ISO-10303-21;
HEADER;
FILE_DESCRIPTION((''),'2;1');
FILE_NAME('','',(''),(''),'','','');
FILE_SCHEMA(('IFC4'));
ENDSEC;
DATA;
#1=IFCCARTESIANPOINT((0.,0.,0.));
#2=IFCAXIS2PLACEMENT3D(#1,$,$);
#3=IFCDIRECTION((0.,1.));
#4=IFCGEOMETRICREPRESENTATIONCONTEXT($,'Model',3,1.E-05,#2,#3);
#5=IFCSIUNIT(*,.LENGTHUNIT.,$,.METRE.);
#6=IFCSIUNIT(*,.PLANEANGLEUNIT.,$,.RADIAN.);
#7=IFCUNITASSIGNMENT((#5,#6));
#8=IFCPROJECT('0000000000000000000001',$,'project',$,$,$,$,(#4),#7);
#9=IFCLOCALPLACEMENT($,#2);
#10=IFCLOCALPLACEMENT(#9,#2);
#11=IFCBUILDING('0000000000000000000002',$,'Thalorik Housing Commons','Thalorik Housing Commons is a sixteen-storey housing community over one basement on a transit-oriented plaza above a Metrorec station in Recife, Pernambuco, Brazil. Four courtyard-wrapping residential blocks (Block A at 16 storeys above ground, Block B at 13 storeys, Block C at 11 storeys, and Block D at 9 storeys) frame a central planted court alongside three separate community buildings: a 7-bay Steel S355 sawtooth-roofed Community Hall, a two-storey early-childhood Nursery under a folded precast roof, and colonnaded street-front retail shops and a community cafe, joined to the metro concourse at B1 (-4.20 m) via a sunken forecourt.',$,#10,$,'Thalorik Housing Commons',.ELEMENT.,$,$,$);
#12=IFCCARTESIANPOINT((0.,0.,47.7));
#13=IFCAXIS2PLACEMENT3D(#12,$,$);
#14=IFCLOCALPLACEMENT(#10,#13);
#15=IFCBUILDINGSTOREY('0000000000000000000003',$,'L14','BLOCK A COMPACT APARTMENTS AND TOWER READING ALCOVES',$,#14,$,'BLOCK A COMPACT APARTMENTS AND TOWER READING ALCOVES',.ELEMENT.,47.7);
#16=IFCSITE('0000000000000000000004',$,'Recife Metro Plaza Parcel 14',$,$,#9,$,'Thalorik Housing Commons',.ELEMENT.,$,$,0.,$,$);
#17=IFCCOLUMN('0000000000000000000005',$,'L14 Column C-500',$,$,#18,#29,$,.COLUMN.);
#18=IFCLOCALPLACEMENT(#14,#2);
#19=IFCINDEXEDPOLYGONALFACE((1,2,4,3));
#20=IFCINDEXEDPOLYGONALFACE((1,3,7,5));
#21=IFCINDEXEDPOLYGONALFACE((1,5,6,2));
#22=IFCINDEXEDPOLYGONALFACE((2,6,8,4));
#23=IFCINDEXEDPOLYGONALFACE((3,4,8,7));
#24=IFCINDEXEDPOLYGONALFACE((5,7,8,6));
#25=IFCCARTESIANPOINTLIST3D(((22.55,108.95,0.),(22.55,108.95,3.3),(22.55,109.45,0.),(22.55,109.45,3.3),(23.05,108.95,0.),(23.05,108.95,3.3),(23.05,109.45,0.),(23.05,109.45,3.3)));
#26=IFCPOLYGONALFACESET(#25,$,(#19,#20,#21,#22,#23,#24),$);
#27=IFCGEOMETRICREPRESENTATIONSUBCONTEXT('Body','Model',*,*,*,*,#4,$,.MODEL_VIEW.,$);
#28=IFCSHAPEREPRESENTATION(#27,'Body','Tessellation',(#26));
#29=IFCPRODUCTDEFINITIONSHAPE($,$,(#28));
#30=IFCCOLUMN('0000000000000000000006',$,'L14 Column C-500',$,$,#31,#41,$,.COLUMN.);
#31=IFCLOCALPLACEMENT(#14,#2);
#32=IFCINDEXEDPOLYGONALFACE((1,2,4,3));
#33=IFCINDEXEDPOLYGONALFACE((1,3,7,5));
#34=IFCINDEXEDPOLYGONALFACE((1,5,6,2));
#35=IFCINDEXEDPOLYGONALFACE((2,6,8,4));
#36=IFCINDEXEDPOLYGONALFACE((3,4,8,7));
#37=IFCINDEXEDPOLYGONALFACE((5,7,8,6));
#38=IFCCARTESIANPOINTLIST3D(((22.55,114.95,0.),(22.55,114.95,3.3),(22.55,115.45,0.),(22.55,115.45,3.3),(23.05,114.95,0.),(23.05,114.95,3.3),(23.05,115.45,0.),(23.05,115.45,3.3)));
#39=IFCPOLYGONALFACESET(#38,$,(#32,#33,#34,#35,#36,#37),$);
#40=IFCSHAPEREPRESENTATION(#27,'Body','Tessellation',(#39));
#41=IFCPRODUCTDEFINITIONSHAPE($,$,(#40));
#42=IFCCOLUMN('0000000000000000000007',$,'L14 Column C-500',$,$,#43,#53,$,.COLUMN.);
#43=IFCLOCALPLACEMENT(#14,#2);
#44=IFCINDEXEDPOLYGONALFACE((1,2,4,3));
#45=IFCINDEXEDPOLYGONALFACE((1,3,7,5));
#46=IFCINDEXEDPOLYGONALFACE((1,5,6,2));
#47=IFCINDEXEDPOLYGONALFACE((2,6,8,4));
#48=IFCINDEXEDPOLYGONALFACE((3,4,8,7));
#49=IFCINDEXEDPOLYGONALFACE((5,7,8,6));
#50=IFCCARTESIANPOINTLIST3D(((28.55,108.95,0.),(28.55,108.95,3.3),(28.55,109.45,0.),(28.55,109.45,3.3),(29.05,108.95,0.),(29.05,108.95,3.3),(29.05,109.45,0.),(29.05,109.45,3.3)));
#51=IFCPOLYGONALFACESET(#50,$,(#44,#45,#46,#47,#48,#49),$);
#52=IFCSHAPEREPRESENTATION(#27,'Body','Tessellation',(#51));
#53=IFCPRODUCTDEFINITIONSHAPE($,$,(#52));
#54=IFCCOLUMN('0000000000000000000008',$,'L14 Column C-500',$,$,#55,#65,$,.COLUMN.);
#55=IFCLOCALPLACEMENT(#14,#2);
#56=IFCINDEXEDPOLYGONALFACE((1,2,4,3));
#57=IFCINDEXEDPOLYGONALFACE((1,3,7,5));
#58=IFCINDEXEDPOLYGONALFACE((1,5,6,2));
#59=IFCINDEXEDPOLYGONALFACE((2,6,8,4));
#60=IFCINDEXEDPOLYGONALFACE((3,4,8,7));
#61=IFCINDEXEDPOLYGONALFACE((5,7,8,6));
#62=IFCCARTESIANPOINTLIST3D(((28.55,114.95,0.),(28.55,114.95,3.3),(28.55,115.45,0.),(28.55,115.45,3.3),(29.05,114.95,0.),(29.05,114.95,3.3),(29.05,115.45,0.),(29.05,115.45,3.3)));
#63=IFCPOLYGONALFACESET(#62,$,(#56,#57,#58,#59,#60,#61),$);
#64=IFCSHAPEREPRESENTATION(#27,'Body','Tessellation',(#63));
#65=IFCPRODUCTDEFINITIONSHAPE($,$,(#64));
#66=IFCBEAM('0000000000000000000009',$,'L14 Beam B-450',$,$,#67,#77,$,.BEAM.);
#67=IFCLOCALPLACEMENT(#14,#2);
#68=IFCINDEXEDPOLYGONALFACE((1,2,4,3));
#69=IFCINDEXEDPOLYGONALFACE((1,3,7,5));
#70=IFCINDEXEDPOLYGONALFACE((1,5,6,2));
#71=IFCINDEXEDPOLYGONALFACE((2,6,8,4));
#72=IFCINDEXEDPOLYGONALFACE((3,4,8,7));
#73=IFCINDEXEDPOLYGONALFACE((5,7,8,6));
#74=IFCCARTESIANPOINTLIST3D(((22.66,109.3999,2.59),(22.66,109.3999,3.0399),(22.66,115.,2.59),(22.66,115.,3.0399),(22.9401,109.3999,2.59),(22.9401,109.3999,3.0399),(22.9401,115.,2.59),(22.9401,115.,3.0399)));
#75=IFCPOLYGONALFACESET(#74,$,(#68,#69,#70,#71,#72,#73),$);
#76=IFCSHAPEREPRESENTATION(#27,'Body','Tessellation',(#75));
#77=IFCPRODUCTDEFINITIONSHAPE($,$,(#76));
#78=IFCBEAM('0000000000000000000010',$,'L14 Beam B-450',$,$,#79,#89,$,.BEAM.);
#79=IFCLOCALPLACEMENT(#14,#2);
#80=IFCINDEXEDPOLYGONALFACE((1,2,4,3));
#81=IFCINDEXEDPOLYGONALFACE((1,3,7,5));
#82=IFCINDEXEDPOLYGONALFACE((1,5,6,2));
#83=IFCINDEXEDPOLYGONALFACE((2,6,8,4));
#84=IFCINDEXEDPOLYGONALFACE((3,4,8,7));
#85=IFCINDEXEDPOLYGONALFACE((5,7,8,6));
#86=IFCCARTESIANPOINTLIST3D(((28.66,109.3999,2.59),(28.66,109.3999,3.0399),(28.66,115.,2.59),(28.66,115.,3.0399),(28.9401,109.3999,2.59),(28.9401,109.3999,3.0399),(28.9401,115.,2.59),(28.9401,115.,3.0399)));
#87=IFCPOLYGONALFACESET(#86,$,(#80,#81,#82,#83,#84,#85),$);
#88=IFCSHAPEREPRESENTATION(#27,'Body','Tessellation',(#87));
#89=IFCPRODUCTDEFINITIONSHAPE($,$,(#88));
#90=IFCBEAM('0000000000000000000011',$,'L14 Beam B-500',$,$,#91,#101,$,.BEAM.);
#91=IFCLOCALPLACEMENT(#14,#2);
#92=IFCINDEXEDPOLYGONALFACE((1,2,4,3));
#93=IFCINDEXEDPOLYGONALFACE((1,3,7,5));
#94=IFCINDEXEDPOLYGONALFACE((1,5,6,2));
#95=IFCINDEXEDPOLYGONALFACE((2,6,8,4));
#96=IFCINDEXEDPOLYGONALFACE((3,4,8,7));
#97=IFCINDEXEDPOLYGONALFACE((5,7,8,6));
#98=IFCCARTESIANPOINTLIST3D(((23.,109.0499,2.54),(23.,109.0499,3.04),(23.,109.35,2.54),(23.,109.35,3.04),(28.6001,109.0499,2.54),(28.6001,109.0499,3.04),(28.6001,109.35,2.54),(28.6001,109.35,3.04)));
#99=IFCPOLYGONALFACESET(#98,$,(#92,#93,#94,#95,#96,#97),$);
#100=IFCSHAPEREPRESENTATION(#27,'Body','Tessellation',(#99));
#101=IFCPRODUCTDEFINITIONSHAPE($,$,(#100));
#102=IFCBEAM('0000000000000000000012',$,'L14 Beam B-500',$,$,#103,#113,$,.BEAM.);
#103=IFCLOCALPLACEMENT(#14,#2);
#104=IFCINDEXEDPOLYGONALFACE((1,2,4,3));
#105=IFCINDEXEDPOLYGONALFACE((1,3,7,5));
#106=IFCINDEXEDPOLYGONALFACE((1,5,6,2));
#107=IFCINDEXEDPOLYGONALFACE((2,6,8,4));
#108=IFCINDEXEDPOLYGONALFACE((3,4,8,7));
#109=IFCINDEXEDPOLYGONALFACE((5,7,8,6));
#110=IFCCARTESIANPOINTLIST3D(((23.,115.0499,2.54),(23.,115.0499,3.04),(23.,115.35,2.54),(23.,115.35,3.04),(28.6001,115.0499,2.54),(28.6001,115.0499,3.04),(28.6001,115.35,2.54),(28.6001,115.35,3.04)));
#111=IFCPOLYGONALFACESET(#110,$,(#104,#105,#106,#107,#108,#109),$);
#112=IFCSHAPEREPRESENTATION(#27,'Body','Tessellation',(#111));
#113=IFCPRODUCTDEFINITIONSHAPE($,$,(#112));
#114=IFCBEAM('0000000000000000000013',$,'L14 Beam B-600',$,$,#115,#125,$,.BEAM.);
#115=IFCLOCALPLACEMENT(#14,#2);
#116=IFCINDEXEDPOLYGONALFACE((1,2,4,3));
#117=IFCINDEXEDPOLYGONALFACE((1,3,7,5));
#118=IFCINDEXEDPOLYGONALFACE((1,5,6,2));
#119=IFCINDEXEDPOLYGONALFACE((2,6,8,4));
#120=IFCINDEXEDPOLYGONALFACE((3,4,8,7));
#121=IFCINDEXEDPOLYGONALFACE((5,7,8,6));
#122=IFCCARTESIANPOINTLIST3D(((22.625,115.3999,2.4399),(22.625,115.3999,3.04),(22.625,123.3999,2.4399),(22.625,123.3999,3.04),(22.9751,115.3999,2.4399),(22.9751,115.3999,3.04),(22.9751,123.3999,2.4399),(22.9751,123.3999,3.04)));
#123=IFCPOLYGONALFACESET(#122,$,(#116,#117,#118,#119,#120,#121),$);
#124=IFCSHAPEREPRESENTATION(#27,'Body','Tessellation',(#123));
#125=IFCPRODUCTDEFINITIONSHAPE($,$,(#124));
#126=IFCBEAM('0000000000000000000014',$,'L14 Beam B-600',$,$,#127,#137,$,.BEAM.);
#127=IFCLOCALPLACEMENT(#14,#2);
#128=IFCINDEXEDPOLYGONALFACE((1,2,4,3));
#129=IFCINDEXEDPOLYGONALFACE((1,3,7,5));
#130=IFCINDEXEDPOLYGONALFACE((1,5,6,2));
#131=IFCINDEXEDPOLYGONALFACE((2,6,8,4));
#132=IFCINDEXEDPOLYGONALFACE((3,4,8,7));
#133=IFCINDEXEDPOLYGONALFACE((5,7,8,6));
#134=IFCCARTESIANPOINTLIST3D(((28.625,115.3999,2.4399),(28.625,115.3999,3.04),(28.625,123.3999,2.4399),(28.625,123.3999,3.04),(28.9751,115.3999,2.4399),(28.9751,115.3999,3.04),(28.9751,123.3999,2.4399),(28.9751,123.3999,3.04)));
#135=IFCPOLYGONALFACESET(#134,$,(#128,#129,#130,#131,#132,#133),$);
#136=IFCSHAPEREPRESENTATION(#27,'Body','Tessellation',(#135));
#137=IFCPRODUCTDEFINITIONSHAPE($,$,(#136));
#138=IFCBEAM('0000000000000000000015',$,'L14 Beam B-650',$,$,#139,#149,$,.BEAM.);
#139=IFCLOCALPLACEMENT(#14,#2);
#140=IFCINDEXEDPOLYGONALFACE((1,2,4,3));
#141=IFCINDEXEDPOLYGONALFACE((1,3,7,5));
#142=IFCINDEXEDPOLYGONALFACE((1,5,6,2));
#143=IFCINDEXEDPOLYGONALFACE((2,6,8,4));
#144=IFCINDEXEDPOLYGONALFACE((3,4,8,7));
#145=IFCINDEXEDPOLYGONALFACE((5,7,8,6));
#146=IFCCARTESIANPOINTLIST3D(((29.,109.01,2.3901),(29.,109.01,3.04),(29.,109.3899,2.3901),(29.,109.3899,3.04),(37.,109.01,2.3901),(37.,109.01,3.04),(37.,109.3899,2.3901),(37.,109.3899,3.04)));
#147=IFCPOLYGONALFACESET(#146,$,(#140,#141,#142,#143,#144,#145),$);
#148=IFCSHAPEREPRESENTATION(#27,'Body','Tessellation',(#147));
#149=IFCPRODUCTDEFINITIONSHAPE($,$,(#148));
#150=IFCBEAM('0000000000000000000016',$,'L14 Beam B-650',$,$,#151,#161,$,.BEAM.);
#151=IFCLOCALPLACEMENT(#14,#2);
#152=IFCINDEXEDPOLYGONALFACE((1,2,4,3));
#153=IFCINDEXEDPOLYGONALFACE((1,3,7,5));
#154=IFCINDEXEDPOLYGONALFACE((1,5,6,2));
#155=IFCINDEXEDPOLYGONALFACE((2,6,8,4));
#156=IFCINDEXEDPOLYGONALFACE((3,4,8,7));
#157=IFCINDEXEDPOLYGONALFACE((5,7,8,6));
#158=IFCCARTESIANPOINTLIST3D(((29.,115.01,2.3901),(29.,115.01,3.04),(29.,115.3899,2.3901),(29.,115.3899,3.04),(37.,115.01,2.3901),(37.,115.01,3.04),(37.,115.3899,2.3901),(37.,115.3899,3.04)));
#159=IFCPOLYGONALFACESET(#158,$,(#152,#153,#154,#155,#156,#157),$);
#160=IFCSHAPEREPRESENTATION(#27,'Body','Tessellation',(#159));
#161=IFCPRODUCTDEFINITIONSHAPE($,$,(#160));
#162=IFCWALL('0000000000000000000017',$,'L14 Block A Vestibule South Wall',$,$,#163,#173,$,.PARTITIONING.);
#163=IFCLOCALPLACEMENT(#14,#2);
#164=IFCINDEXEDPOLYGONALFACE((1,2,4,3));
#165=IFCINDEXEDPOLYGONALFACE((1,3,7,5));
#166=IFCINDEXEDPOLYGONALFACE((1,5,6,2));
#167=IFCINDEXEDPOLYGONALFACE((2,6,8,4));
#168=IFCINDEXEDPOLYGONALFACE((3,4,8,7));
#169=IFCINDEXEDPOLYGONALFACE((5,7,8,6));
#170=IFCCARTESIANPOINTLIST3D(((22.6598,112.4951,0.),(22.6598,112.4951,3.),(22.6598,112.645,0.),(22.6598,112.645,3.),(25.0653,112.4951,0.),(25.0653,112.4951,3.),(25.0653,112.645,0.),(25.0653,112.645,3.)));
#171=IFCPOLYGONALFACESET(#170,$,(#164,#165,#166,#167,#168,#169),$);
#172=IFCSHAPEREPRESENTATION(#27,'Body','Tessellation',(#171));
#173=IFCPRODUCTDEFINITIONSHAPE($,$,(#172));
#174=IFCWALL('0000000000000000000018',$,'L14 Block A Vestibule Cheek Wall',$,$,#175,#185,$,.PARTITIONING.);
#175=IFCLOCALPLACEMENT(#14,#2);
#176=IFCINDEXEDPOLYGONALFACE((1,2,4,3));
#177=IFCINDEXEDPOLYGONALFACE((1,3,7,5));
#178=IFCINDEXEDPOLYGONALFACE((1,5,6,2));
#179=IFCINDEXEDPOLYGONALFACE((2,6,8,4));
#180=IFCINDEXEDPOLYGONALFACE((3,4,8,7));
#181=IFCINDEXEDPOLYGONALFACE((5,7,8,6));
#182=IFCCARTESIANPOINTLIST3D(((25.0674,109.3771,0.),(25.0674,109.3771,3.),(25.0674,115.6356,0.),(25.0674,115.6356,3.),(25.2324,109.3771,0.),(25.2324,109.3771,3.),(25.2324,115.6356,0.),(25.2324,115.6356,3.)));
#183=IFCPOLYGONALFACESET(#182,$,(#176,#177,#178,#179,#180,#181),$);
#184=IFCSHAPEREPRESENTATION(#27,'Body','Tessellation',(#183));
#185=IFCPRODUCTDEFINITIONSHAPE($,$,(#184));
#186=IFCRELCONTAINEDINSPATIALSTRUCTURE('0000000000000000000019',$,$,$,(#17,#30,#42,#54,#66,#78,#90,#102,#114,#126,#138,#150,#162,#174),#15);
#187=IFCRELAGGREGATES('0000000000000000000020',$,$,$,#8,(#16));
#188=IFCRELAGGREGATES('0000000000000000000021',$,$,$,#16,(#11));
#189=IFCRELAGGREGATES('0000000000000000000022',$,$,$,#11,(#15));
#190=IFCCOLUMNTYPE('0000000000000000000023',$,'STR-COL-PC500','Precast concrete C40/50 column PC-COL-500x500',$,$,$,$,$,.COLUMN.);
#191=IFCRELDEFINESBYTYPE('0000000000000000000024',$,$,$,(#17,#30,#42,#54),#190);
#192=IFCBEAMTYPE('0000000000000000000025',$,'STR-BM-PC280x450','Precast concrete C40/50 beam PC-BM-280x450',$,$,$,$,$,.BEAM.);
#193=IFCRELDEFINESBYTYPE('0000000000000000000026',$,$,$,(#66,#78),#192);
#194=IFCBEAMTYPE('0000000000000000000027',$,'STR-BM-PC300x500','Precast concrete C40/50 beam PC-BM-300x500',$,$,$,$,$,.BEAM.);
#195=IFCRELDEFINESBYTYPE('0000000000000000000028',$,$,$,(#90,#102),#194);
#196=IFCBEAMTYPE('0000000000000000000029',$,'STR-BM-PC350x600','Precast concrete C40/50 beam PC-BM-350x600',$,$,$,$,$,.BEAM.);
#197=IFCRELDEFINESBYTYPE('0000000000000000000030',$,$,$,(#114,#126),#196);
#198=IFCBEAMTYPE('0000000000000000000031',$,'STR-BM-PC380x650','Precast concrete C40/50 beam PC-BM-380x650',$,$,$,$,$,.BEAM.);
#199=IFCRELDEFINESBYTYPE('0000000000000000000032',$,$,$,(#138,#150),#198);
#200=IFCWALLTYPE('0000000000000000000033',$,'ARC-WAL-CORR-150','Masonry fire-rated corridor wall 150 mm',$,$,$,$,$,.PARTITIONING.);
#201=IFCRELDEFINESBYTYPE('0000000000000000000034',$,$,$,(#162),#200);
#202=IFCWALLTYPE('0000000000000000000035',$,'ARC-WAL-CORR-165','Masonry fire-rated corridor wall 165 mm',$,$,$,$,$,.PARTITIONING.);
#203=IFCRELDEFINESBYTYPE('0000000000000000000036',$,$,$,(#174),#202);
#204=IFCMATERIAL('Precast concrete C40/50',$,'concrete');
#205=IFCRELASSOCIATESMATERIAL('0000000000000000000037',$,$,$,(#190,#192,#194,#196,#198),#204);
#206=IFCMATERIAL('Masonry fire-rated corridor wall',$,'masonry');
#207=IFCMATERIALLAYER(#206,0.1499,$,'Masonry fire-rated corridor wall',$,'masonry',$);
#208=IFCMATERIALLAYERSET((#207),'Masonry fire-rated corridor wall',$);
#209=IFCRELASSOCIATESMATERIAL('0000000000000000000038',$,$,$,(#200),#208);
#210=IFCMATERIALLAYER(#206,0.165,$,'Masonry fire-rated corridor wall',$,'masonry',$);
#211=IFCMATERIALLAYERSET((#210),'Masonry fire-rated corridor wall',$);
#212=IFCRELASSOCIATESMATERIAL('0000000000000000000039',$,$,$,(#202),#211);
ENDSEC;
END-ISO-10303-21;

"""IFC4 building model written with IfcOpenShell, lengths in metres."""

from ifc_helpers import new_model, si_unit, direction, frame, frame_2d, origin, origin_2d, place, context, subcontext, project, spatial, rectangle, extrude, material, layer, layer_set, material_profile, profile_set, type_object, element, save


model = new_model("IFC4")

# Units and contexts
model_context = context("Model", 3, precision=1e-05, world=origin(), true_north=direction((0.0, 1.0)))
body_context = subcontext(model_context, "Body", "Model", "MODEL_VIEW")
ifc_project = project(units=[si_unit("LENGTHUNIT", "METRE"), si_unit("PLANEANGLEUNIT", "RADIAN")], contexts=[model_context])

# Site, building, storey
site_placement = place(None, origin())
site = spatial("IfcSite", under=ifc_project, at=site_placement, Name="Recife Metro Plaza Parcel 14", LongName="Thalorik Housing Commons", CompositionType="ELEMENT", RefElevation=0.0)
building_placement = place(site_placement, origin())
building = spatial("IfcBuilding", under=site, at=building_placement, Name="Thalorik Housing Commons", Description="Thalorik Housing Commons is a sixteen-storey housing community over one basement on a transit-oriented plaza above a Metrorec station in Recife, Pernambuco, Brazil. Four courtyard-wrapping residential blocks (Block A at 16 storeys above ground, Block B at 13 storeys, Block C at 11 storeys, and Block D at 9 storeys) frame a central planted court alongside three separate community buildings: a 7-bay Steel S355 sawtooth-roofed Community Hall, a two-storey early-childhood Nursery under a folded precast roof, and colonnaded street-front retail shops and a community cafe, joined to the metro concourse at B1 (-4.20 m) via a sunken forecourt.", LongName="Thalorik Housing Commons", CompositionType="ELEMENT")
storey_placement = place(building_placement, frame((0.0, 0.0, 47.7)))
storey = spatial("IfcBuildingStorey", under=building, at=storey_placement, Name="L14", Description="BLOCK A COMPACT APARTMENTS AND TOWER READING ALCOVES", LongName="BLOCK A COMPACT APARTMENTS AND TOWER READING ALCOVES", CompositionType="ELEMENT", Elevation=47.7)

# Columns
ifc_material_1 = material(Name="Precast concrete C40/50", Category="concrete")
ifc_material_profile_1 = material_profile(ifc_material_1, rectangle(XDim=0.5, YDim=0.5, at=origin_2d()), Name="PC 500x500", Category="concrete")
ifc_profile_set_1 = profile_set([ifc_material_profile_1], Name="Precast concrete C40/50")
column_type = type_object("IfcColumnType", Name="STR-COL-PC500", Description="Precast concrete C40/50 column PC-COL-500x500", PredefinedType="COLUMN", material=ifc_profile_set_1)
for number, where, z_axis, x_axis, name in (
    (1, (22.8, 109.2, 0.0), (0.0, 0.0, 1.0), (1.0, 0.0, 0.0), "L14 Column C-500"),
    (2, (22.8, 115.2, 0.0), (0.0, 0.0, 1.0), (1.0, 0.0, 0.0), "L14 Column C-500"),
    (3, (28.8, 109.2, 0.0), (0.0, 0.0, 1.0), (1.0, 0.0, 0.0), "L14 Column C-500"),
    (4, (28.8, 115.2, 0.0), (0.0, 0.0, 1.0), (1.0, 0.0, 0.0), "L14 Column C-500"),
):
    element("IfcColumn", number, at=place(storey_placement, frame(where, z_axis=z_axis, x_axis=x_axis)), inside=storey, type_object=column_type, Name=name, PredefinedType="COLUMN", context=body_context, shape_type="SweptSolid", body=[
        extrude(rectangle(XDim=0.5, YDim=0.5, at=origin_2d()), origin(), (0.0, 0.0, 1.0), 3.3),
    ])

# Beams
ifc_material_profile_2 = material_profile(ifc_material_1, rectangle(XDim=0.28, YDim=0.45, at=origin_2d()), Name="PC 280x450", Category="concrete")
ifc_profile_set_2 = profile_set([ifc_material_profile_2], Name="Precast concrete C40/50")
beam_type_1 = type_object("IfcBeamType", Name="STR-BM-PC280x450", Description="Precast concrete C40/50 beam PC-BM-280x450", PredefinedType="BEAM", material=ifc_profile_set_2)
for number, where, z_axis, x_axis, name in (
    (5, (22.8, 109.3999, 2.8149), (0.0, 1.0, 0.0), (-1.0, 0.0, 0.0), "L14 Beam B-450"),
    (6, (28.8, 109.3999, 2.8149), (0.0, 1.0, 0.0), (-1.0, 0.0, 0.0), "L14 Beam B-450"),
):
    element("IfcBeam", number, at=place(storey_placement, frame(where, z_axis=z_axis, x_axis=x_axis)), inside=storey, type_object=beam_type_1, Name=name, PredefinedType="BEAM", context=body_context, shape_type="SweptSolid", body=[
        extrude(rectangle(XDim=0.28, YDim=0.45, at=origin_2d()), origin(), (0.0, 0.0, 1.0), 5.6001),
    ])
ifc_material_profile_3 = material_profile(ifc_material_1, rectangle(XDim=0.3, YDim=0.5, at=origin_2d()), Name="PC 300x500", Category="concrete")
ifc_profile_set_3 = profile_set([ifc_material_profile_3], Name="Precast concrete C40/50")
beam_type_2 = type_object("IfcBeamType", Name="STR-BM-PC300x500", Description="Precast concrete C40/50 beam PC-BM-300x500", PredefinedType="BEAM", material=ifc_profile_set_3)
for number, where, z_axis, x_axis, name in (
    (7, (23.0, 109.2, 2.79), (1.0, 0.0, 0.0), (0.0, 1.0, 0.0), "L14 Beam B-500"),
    (8, (23.0, 115.2, 2.79), (1.0, 0.0, 0.0), (0.0, 1.0, 0.0), "L14 Beam B-500"),
):
    element("IfcBeam", number, at=place(storey_placement, frame(where, z_axis=z_axis, x_axis=x_axis)), inside=storey, type_object=beam_type_2, Name=name, PredefinedType="BEAM", context=body_context, shape_type="SweptSolid", body=[
        extrude(rectangle(XDim=0.3, YDim=0.5, at=origin_2d()), origin(), (0.0, 0.0, 1.0), 5.6001),
    ])
ifc_material_profile_4 = material_profile(ifc_material_1, rectangle(XDim=0.3501, YDim=0.6001, at=origin_2d()), Name="PC 350x600", Category="concrete")
ifc_profile_set_4 = profile_set([ifc_material_profile_4], Name="Precast concrete C40/50")
beam_type_3 = type_object("IfcBeamType", Name="STR-BM-PC350x600", Description="Precast concrete C40/50 beam PC-BM-350x600", PredefinedType="BEAM", material=ifc_profile_set_4)
for number, where, z_axis, x_axis, name in (
    (9, (22.8, 115.3999, 2.74), (0.0, 1.0, 0.0), (-1.0, 0.0, 0.0), "L14 Beam B-600"),
    (10, (28.8, 115.3999, 2.74), (0.0, 1.0, 0.0), (-1.0, 0.0, 0.0), "L14 Beam B-600"),
):
    element("IfcBeam", number, at=place(storey_placement, frame(where, z_axis=z_axis, x_axis=x_axis)), inside=storey, type_object=beam_type_3, Name=name, PredefinedType="BEAM", context=body_context, shape_type="SweptSolid", body=[
        extrude(rectangle(XDim=0.3501, YDim=0.6001, at=origin_2d()), origin(), (0.0, 0.0, 1.0), 8.0),
    ])
ifc_material_profile_5 = material_profile(ifc_material_1, rectangle(XDim=0.3799, YDim=0.6499, at=origin_2d()), Name="PC 380x650", Category="concrete")
ifc_profile_set_5 = profile_set([ifc_material_profile_5], Name="Precast concrete C40/50")
beam_type_4 = type_object("IfcBeamType", Name="STR-BM-PC380x650", Description="Precast concrete C40/50 beam PC-BM-380x650", PredefinedType="BEAM", material=ifc_profile_set_5)
for number, where, z_axis, x_axis, name in (
    (11, (29.0, 109.2, 2.7151), (1.0, 0.0, 0.0), (0.0, 1.0, 0.0), "L14 Beam B-650"),
    (12, (29.0, 115.2, 2.7151), (1.0, 0.0, 0.0), (0.0, 1.0, 0.0), "L14 Beam B-650"),
):
    element("IfcBeam", number, at=place(storey_placement, frame(where, z_axis=z_axis, x_axis=x_axis)), inside=storey, type_object=beam_type_4, Name=name, PredefinedType="BEAM", context=body_context, shape_type="SweptSolid", body=[
        extrude(rectangle(XDim=0.3799, YDim=0.6499, at=origin_2d()), origin(), (0.0, 0.0, 1.0), 8.0),
    ])

# Walls
ifc_material_2 = material(Name="Masonry fire-rated corridor wall", Category="masonry")
ifc_layer_1 = layer(ifc_material_2, 0.1499, Name="Masonry fire-rated corridor wall", Category="masonry")
ifc_layer_set_1 = layer_set([ifc_layer_1], Name="Masonry fire-rated corridor wall")
wall_type_1 = type_object("IfcWallType", Name="ARC-WAL-CORR-150", Description="Masonry fire-rated corridor wall 150 mm", PredefinedType="PARTITIONING", material=ifc_layer_set_1)
wall_1_placement = place(storey_placement, frame((22.6599, 112.5701, 0.0), z_axis=(0.0, 0.0, 1.0), x_axis=(1.0, 0.0, 0.0)))
element("IfcWall", 13, at=wall_1_placement, inside=storey, type_object=wall_type_1, Name="L14 Block A Vestibule South Wall", PredefinedType="PARTITIONING", context=body_context, shape_type="SweptSolid", body=[
    extrude(rectangle(XDim=2.4055, YDim=0.1499, at=frame_2d((1.2026, 0.0))), origin(), (0.0, 0.0, 1.0), 3.0),
])
ifc_layer_2 = layer(ifc_material_2, 0.165, Name="Masonry fire-rated corridor wall", Category="masonry")
ifc_layer_set_2 = layer_set([ifc_layer_2], Name="Masonry fire-rated corridor wall")
wall_type_2 = type_object("IfcWallType", Name="ARC-WAL-CORR-165", Description="Masonry fire-rated corridor wall 165 mm", PredefinedType="PARTITIONING", material=ifc_layer_set_2)
wall_2_placement = place(storey_placement, frame((25.1499, 109.377, 0.0), z_axis=(0.0, 0.0, 1.0), x_axis=(0.0, 1.0, 0.0)))
element("IfcWall", 14, at=wall_2_placement, inside=storey, type_object=wall_type_2, Name="L14 Block A Vestibule Cheek Wall", PredefinedType="PARTITIONING", context=body_context, shape_type="SweptSolid", body=[
    extrude(rectangle(XDim=6.2585, YDim=0.165, at=frame_2d((3.1294, 0.0))), origin(), (0.0, 0.0, 1.0), 3.0),
])

save(model, "model.ifc")
